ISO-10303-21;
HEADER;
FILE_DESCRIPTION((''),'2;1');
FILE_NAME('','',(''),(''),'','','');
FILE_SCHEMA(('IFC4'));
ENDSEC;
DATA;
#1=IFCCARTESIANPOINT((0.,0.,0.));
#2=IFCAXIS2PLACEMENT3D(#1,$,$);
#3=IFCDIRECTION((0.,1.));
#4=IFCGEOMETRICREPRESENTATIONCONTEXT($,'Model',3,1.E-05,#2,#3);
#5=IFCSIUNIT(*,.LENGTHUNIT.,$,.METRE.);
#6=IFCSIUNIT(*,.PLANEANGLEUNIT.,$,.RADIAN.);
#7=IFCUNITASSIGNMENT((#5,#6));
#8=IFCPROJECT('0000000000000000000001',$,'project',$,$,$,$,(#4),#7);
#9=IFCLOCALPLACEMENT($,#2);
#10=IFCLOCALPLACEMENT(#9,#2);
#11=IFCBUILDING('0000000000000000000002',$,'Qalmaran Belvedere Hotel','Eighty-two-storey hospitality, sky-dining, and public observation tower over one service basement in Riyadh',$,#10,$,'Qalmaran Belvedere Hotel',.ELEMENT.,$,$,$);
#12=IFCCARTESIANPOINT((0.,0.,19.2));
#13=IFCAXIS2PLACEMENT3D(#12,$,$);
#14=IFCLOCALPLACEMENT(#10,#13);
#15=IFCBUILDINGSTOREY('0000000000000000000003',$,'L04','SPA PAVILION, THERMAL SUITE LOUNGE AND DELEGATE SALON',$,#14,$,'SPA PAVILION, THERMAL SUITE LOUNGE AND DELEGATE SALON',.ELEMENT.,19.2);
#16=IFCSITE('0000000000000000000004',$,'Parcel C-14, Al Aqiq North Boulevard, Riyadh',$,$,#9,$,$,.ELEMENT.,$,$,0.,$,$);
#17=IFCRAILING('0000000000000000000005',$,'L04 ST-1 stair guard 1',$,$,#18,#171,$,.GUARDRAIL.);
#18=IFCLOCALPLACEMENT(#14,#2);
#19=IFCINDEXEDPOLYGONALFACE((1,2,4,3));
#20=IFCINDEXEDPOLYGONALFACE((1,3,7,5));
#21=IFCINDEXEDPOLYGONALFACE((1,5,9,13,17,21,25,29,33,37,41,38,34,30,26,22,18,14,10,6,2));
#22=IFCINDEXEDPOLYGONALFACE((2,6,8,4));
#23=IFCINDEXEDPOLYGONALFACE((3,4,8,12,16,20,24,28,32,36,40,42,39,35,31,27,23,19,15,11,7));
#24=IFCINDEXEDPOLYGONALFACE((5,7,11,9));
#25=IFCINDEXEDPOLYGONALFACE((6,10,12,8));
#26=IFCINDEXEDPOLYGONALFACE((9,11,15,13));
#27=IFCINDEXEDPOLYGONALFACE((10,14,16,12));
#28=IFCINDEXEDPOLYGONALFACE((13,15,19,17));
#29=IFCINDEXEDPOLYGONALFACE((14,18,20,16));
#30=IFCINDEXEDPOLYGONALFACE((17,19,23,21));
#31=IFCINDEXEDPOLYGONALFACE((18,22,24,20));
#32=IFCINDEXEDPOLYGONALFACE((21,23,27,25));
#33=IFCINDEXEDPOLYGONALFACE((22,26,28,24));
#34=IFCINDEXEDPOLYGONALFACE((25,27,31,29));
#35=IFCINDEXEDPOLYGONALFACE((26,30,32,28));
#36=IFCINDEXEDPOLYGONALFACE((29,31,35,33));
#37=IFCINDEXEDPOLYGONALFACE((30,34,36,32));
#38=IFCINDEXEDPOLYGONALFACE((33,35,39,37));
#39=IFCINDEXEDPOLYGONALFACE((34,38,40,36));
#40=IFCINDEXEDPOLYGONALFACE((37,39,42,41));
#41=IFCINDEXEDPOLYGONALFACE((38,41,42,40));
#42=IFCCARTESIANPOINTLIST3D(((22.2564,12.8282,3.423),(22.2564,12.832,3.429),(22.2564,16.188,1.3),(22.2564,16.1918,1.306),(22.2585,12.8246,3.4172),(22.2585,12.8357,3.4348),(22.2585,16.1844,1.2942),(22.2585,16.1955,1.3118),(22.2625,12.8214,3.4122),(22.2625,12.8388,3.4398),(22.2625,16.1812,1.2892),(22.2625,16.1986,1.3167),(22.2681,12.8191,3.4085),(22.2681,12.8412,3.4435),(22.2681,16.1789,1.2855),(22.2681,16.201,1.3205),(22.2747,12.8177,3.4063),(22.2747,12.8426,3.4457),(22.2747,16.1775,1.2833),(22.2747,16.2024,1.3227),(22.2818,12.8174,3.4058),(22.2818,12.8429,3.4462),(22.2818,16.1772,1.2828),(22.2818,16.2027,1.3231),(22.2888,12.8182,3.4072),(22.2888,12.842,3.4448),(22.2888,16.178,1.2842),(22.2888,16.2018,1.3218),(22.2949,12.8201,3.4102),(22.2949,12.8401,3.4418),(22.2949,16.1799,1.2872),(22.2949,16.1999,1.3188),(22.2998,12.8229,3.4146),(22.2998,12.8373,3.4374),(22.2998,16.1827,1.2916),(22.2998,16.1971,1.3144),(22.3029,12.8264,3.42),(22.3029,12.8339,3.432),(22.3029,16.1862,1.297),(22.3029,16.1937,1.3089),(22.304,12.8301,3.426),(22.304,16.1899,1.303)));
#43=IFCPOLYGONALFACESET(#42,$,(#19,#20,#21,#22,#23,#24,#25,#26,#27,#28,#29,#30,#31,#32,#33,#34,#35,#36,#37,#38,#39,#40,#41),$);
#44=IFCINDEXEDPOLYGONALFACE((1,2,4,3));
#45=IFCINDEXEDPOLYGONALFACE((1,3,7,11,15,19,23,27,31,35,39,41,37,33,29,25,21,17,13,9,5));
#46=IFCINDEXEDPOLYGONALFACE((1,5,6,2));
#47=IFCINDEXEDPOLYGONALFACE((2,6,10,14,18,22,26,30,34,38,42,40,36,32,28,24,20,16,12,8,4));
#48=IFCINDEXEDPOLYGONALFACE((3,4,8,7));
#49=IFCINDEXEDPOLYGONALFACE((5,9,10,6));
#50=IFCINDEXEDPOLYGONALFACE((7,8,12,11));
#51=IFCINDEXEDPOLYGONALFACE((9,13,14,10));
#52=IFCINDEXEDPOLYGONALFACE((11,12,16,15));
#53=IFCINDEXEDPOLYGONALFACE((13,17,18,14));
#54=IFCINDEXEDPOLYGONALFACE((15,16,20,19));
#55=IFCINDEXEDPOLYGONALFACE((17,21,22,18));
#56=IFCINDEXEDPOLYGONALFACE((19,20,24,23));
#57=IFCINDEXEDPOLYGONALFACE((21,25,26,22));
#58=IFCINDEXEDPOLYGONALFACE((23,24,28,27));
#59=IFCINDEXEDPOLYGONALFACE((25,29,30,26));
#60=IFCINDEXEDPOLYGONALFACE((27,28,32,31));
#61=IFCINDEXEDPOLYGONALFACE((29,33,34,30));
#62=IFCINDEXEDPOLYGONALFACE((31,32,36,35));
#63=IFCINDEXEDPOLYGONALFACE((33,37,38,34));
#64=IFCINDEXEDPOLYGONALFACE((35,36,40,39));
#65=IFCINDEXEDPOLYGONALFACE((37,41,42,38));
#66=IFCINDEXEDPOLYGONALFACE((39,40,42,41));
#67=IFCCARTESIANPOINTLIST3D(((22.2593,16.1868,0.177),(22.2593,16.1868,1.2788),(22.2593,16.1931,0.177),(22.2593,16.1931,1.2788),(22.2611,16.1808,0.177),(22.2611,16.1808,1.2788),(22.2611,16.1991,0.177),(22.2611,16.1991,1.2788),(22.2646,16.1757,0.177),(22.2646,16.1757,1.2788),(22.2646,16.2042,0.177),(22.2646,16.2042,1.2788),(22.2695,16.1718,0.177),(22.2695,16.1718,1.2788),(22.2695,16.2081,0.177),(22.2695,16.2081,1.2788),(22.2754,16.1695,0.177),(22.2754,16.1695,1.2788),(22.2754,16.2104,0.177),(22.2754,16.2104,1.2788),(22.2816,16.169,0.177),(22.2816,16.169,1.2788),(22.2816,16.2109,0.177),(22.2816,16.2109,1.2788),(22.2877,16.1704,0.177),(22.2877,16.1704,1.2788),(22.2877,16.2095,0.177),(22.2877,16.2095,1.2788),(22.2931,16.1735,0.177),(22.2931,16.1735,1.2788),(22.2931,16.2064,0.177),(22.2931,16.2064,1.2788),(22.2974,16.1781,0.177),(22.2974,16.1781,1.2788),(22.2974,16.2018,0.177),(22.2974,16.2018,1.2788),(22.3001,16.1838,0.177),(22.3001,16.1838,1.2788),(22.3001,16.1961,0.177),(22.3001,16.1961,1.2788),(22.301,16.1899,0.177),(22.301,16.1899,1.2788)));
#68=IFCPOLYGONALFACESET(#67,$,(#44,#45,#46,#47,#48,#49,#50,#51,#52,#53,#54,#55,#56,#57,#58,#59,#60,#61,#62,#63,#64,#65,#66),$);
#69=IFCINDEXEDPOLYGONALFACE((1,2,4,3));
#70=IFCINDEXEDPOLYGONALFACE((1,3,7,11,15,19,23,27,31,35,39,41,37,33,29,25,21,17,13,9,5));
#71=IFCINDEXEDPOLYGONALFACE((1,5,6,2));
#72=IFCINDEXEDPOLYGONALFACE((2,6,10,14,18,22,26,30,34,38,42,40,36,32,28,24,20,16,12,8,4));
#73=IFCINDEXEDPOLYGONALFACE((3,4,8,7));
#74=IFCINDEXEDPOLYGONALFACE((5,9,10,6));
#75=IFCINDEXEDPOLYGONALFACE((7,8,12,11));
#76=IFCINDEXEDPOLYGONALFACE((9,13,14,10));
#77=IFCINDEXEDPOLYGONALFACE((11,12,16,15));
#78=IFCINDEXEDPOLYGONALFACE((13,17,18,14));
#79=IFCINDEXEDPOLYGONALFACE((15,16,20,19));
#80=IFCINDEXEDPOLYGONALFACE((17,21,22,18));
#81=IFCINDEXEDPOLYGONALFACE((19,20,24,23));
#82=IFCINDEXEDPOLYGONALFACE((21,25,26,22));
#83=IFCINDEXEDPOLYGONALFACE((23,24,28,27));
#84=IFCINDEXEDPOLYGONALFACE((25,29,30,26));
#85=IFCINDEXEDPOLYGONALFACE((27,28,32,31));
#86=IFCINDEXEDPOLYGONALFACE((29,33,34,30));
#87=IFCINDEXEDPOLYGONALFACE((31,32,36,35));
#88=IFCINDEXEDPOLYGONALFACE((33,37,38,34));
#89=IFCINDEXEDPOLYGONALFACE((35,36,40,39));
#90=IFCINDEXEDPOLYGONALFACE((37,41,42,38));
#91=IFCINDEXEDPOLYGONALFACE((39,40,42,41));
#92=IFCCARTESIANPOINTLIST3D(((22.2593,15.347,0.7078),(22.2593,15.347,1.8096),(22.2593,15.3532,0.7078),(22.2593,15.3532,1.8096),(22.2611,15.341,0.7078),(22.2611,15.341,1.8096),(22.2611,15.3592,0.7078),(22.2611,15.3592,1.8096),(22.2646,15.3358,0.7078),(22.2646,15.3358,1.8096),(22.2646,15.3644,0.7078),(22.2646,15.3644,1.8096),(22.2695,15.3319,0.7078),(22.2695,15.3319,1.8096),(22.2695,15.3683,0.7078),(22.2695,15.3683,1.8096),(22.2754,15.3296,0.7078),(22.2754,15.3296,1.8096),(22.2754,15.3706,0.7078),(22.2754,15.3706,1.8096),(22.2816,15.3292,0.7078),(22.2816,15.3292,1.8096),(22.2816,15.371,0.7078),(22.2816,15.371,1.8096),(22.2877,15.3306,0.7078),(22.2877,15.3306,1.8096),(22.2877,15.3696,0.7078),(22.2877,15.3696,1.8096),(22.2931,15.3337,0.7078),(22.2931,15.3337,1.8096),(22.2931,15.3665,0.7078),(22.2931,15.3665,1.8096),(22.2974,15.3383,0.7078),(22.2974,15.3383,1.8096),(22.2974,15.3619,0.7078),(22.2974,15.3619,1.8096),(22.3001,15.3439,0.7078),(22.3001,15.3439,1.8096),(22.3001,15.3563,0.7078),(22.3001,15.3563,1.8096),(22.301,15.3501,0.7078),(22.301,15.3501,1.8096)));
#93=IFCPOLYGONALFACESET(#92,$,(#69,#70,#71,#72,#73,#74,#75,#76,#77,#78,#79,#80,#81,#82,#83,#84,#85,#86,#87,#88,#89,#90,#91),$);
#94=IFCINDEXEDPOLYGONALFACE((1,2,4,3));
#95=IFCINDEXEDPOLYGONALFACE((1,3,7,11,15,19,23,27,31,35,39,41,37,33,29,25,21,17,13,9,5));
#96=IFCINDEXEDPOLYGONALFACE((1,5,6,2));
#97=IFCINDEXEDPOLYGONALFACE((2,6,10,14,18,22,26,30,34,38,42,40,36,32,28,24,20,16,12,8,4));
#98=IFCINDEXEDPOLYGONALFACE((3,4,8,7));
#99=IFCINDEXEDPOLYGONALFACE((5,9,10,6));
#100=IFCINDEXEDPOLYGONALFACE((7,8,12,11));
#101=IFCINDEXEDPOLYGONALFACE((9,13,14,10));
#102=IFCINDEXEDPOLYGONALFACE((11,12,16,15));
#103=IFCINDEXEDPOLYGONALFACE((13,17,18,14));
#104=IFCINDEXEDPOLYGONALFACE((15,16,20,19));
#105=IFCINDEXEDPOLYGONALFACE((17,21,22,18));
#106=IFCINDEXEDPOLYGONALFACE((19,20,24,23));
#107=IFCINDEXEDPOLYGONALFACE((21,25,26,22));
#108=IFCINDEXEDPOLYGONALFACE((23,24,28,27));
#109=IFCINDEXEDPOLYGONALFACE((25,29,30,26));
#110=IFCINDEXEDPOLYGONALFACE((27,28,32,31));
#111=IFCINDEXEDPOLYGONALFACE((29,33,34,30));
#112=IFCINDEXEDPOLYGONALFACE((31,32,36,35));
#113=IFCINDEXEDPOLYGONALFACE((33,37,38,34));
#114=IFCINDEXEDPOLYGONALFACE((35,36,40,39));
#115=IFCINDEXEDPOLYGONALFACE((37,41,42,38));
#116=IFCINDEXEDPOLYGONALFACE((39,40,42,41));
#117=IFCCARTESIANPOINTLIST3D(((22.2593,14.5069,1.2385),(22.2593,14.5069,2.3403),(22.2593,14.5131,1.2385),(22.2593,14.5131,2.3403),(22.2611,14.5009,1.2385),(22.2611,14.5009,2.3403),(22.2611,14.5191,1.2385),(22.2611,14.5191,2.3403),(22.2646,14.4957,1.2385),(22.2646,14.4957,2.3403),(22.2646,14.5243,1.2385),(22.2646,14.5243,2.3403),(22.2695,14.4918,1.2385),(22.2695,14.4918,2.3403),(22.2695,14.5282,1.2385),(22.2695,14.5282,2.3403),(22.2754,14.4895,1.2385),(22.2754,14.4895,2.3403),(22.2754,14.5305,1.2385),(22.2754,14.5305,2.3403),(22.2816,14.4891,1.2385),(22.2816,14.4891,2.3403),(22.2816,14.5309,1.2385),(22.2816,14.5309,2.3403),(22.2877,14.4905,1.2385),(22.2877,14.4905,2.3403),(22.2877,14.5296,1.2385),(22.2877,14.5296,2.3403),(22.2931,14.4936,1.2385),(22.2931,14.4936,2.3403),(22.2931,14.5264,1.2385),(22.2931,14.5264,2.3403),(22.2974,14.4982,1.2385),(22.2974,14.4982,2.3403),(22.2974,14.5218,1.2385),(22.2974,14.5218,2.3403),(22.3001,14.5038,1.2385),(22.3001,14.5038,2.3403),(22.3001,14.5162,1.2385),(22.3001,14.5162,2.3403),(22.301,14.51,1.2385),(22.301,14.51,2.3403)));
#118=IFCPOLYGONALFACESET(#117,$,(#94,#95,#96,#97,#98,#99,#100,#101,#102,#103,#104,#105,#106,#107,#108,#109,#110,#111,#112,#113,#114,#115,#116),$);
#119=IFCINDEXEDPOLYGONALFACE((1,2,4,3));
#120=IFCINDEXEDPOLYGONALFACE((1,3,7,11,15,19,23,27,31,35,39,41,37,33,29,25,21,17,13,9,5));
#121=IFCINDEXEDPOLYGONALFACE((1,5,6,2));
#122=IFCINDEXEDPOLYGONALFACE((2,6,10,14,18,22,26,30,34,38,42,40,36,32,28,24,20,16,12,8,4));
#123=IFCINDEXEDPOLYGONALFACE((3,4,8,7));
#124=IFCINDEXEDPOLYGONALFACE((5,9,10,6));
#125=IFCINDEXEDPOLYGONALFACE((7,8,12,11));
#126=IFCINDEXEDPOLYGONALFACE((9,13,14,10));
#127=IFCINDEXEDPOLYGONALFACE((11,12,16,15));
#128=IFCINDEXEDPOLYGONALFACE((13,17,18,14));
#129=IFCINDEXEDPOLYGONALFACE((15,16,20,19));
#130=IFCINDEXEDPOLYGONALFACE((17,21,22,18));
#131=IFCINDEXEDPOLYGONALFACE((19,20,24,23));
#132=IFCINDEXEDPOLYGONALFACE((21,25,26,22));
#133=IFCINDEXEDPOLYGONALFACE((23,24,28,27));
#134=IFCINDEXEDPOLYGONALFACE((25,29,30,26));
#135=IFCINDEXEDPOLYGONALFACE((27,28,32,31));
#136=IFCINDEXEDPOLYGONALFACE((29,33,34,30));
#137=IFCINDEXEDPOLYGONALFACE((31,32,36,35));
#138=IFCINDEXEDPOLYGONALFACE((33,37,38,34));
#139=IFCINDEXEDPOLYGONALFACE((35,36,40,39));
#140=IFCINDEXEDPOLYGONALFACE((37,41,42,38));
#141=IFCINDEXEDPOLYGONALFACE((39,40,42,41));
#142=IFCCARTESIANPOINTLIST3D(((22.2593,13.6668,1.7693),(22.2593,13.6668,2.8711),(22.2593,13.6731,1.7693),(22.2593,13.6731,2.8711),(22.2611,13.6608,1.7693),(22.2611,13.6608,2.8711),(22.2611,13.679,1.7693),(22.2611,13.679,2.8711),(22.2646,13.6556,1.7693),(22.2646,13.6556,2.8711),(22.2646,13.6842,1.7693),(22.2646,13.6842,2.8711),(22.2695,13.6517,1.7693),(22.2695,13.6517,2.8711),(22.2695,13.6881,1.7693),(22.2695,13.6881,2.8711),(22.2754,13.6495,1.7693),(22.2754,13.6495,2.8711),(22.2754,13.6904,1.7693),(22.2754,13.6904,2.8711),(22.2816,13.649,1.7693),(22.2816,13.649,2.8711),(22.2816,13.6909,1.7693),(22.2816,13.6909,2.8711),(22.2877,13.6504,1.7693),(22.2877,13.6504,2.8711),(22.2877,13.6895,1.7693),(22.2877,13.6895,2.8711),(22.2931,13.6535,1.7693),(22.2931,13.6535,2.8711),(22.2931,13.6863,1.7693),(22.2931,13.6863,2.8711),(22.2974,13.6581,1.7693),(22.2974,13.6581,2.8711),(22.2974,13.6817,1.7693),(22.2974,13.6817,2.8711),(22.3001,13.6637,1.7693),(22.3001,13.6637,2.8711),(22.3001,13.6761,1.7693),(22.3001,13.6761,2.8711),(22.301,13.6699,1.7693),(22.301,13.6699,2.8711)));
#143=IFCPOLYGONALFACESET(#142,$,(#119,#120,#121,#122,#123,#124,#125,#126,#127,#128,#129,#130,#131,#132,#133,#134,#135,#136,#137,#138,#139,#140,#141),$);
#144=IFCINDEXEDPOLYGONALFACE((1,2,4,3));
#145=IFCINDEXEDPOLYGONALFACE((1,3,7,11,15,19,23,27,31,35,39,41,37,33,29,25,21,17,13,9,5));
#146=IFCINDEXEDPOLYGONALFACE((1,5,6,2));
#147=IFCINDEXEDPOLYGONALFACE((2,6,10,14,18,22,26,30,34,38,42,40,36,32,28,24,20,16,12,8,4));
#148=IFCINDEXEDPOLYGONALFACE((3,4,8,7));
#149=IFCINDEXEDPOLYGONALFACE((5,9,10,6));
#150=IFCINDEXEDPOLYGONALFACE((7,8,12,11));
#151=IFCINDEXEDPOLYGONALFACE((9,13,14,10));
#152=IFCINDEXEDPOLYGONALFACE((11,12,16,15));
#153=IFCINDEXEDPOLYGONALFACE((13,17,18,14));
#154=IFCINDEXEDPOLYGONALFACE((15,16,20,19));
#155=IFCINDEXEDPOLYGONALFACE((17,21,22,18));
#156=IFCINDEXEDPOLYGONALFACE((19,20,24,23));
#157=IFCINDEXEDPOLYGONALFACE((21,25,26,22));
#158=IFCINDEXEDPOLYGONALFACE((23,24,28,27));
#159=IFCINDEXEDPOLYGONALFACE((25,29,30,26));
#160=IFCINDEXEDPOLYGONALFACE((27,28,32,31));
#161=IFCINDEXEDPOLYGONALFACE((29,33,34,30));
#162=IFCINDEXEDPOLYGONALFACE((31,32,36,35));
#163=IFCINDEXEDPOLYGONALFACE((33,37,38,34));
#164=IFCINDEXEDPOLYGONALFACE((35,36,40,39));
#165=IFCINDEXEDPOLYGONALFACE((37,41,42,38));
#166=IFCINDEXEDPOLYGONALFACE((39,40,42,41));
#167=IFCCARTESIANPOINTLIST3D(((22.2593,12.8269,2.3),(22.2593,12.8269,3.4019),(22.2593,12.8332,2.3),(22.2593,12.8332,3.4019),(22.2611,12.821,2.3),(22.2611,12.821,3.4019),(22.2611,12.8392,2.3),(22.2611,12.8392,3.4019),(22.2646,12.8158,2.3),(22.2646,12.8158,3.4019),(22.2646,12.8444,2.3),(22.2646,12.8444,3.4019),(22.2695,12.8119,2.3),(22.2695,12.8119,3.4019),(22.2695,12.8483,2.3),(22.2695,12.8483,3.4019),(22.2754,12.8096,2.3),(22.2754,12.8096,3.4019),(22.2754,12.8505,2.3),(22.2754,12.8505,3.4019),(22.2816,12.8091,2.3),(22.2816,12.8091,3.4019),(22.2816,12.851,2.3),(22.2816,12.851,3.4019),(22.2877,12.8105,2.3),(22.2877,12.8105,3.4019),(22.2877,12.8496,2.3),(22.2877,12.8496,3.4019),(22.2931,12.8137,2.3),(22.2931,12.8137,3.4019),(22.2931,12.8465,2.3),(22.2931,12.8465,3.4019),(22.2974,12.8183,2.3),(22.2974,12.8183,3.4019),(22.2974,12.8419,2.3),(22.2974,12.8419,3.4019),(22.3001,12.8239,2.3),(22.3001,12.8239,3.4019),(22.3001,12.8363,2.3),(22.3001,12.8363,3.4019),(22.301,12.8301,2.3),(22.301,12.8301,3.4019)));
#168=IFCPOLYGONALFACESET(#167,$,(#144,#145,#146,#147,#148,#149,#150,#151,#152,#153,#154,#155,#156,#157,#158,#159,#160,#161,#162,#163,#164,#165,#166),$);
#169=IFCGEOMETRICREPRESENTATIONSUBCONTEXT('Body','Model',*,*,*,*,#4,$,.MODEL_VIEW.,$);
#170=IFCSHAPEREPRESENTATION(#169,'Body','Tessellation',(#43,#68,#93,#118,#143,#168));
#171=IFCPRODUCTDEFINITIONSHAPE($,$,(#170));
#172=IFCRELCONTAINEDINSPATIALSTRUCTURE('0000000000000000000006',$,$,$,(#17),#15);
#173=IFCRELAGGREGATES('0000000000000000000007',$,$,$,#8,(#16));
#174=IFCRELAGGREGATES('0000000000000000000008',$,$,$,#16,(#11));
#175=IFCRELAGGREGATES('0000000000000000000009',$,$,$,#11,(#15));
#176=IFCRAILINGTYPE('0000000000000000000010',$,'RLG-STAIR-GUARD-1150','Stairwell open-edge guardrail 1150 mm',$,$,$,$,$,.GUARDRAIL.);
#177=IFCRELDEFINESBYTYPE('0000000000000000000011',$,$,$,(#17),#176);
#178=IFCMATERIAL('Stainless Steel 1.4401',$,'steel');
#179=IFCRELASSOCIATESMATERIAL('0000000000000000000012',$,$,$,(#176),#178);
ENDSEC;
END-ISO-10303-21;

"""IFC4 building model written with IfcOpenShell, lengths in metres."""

from ifc_helpers import new_model, si_unit, direction, frame, origin, origin_2d, place, context, subcontext, project, spatial, circle, extrude, material, type_object, element, save


model = new_model("IFC4")

# Units and contexts
model_context = context("Model", 3, precision=1e-05, world=origin(), true_north=direction((0.0, 1.0)))
body_context = subcontext(model_context, "Body", "Model", "MODEL_VIEW")
ifc_project = project(units=[si_unit("LENGTHUNIT", "METRE"), si_unit("PLANEANGLEUNIT", "RADIAN")], contexts=[model_context])

# Site, building, storey
site_placement = place(None, origin())
site = spatial("IfcSite", under=ifc_project, at=site_placement, Name="Parcel C-14, Al Aqiq North Boulevard, Riyadh", CompositionType="ELEMENT", RefElevation=0.0)
building_placement = place(site_placement, origin())
building = spatial("IfcBuilding", under=site, at=building_placement, Name="Qalmaran Belvedere Hotel", Description="Eighty-two-storey hospitality, sky-dining, and public observation tower over one service basement in Riyadh", LongName="Qalmaran Belvedere Hotel", CompositionType="ELEMENT")
storey_placement = place(building_placement, frame((0.0, 0.0, 19.2)))
storey = spatial("IfcBuildingStorey", under=building, at=storey_placement, Name="L04", Description="SPA PAVILION, THERMAL SUITE LOUNGE AND DELEGATE SALON", LongName="SPA PAVILION, THERMAL SUITE LOUNGE AND DELEGATE SALON", CompositionType="ELEMENT", Elevation=19.2)

# Railing
ifc_material_1 = material(Name="Stainless Steel 1.4401", Category="steel")
railing_type_1 = type_object("IfcRailingType", Name="RLG-STAIR-GUARD-1150", Description="Stairwell open-edge guardrail 1150 mm", PredefinedType="GUARDRAIL", material=ifc_material_1)
railing_1_placement = place(storey_placement, frame((22.28, 16.1899, 0.177)))
element("IfcRailing", 1, at=railing_1_placement, inside=storey, type_object=railing_type_1, Name="L04 ST-1 stair guard 1", PredefinedType="GUARDRAIL", context=body_context, shape_type="SweptSolid", body=[
    extrude(circle(Radius=0.0239, at=origin_2d()), frame((0.0, 0.0, 1.126), z_axis=(0.0, -0.845372, 0.534178), x_axis=(1.0, 0.0, 0.0)), (0.0, 0.0, 1.0), 3.9744),
    extrude(circle(Radius=0.021, at=origin_2d()), origin(), (0.0, 0.0, 1.0), 1.1018),
    extrude(circle(Radius=0.021, at=origin_2d()), frame((0.0, -0.8398, 0.5308)), (0.0, 0.0, 1.0), 1.1018),
    extrude(circle(Radius=0.021, at=origin_2d()), frame((0.0, -1.6799, 1.0615)), (0.0, 0.0, 1.0), 1.1018),
    extrude(circle(Radius=0.021, at=origin_2d()), frame((0.0, -2.52, 1.5923)), (0.0, 0.0, 1.0), 1.1018),
    extrude(circle(Radius=0.021, at=origin_2d()), frame((0.0, -3.3599, 2.123)), (0.0, 0.0, 1.0), 1.1018),
])

save(model, "model.ifc")
